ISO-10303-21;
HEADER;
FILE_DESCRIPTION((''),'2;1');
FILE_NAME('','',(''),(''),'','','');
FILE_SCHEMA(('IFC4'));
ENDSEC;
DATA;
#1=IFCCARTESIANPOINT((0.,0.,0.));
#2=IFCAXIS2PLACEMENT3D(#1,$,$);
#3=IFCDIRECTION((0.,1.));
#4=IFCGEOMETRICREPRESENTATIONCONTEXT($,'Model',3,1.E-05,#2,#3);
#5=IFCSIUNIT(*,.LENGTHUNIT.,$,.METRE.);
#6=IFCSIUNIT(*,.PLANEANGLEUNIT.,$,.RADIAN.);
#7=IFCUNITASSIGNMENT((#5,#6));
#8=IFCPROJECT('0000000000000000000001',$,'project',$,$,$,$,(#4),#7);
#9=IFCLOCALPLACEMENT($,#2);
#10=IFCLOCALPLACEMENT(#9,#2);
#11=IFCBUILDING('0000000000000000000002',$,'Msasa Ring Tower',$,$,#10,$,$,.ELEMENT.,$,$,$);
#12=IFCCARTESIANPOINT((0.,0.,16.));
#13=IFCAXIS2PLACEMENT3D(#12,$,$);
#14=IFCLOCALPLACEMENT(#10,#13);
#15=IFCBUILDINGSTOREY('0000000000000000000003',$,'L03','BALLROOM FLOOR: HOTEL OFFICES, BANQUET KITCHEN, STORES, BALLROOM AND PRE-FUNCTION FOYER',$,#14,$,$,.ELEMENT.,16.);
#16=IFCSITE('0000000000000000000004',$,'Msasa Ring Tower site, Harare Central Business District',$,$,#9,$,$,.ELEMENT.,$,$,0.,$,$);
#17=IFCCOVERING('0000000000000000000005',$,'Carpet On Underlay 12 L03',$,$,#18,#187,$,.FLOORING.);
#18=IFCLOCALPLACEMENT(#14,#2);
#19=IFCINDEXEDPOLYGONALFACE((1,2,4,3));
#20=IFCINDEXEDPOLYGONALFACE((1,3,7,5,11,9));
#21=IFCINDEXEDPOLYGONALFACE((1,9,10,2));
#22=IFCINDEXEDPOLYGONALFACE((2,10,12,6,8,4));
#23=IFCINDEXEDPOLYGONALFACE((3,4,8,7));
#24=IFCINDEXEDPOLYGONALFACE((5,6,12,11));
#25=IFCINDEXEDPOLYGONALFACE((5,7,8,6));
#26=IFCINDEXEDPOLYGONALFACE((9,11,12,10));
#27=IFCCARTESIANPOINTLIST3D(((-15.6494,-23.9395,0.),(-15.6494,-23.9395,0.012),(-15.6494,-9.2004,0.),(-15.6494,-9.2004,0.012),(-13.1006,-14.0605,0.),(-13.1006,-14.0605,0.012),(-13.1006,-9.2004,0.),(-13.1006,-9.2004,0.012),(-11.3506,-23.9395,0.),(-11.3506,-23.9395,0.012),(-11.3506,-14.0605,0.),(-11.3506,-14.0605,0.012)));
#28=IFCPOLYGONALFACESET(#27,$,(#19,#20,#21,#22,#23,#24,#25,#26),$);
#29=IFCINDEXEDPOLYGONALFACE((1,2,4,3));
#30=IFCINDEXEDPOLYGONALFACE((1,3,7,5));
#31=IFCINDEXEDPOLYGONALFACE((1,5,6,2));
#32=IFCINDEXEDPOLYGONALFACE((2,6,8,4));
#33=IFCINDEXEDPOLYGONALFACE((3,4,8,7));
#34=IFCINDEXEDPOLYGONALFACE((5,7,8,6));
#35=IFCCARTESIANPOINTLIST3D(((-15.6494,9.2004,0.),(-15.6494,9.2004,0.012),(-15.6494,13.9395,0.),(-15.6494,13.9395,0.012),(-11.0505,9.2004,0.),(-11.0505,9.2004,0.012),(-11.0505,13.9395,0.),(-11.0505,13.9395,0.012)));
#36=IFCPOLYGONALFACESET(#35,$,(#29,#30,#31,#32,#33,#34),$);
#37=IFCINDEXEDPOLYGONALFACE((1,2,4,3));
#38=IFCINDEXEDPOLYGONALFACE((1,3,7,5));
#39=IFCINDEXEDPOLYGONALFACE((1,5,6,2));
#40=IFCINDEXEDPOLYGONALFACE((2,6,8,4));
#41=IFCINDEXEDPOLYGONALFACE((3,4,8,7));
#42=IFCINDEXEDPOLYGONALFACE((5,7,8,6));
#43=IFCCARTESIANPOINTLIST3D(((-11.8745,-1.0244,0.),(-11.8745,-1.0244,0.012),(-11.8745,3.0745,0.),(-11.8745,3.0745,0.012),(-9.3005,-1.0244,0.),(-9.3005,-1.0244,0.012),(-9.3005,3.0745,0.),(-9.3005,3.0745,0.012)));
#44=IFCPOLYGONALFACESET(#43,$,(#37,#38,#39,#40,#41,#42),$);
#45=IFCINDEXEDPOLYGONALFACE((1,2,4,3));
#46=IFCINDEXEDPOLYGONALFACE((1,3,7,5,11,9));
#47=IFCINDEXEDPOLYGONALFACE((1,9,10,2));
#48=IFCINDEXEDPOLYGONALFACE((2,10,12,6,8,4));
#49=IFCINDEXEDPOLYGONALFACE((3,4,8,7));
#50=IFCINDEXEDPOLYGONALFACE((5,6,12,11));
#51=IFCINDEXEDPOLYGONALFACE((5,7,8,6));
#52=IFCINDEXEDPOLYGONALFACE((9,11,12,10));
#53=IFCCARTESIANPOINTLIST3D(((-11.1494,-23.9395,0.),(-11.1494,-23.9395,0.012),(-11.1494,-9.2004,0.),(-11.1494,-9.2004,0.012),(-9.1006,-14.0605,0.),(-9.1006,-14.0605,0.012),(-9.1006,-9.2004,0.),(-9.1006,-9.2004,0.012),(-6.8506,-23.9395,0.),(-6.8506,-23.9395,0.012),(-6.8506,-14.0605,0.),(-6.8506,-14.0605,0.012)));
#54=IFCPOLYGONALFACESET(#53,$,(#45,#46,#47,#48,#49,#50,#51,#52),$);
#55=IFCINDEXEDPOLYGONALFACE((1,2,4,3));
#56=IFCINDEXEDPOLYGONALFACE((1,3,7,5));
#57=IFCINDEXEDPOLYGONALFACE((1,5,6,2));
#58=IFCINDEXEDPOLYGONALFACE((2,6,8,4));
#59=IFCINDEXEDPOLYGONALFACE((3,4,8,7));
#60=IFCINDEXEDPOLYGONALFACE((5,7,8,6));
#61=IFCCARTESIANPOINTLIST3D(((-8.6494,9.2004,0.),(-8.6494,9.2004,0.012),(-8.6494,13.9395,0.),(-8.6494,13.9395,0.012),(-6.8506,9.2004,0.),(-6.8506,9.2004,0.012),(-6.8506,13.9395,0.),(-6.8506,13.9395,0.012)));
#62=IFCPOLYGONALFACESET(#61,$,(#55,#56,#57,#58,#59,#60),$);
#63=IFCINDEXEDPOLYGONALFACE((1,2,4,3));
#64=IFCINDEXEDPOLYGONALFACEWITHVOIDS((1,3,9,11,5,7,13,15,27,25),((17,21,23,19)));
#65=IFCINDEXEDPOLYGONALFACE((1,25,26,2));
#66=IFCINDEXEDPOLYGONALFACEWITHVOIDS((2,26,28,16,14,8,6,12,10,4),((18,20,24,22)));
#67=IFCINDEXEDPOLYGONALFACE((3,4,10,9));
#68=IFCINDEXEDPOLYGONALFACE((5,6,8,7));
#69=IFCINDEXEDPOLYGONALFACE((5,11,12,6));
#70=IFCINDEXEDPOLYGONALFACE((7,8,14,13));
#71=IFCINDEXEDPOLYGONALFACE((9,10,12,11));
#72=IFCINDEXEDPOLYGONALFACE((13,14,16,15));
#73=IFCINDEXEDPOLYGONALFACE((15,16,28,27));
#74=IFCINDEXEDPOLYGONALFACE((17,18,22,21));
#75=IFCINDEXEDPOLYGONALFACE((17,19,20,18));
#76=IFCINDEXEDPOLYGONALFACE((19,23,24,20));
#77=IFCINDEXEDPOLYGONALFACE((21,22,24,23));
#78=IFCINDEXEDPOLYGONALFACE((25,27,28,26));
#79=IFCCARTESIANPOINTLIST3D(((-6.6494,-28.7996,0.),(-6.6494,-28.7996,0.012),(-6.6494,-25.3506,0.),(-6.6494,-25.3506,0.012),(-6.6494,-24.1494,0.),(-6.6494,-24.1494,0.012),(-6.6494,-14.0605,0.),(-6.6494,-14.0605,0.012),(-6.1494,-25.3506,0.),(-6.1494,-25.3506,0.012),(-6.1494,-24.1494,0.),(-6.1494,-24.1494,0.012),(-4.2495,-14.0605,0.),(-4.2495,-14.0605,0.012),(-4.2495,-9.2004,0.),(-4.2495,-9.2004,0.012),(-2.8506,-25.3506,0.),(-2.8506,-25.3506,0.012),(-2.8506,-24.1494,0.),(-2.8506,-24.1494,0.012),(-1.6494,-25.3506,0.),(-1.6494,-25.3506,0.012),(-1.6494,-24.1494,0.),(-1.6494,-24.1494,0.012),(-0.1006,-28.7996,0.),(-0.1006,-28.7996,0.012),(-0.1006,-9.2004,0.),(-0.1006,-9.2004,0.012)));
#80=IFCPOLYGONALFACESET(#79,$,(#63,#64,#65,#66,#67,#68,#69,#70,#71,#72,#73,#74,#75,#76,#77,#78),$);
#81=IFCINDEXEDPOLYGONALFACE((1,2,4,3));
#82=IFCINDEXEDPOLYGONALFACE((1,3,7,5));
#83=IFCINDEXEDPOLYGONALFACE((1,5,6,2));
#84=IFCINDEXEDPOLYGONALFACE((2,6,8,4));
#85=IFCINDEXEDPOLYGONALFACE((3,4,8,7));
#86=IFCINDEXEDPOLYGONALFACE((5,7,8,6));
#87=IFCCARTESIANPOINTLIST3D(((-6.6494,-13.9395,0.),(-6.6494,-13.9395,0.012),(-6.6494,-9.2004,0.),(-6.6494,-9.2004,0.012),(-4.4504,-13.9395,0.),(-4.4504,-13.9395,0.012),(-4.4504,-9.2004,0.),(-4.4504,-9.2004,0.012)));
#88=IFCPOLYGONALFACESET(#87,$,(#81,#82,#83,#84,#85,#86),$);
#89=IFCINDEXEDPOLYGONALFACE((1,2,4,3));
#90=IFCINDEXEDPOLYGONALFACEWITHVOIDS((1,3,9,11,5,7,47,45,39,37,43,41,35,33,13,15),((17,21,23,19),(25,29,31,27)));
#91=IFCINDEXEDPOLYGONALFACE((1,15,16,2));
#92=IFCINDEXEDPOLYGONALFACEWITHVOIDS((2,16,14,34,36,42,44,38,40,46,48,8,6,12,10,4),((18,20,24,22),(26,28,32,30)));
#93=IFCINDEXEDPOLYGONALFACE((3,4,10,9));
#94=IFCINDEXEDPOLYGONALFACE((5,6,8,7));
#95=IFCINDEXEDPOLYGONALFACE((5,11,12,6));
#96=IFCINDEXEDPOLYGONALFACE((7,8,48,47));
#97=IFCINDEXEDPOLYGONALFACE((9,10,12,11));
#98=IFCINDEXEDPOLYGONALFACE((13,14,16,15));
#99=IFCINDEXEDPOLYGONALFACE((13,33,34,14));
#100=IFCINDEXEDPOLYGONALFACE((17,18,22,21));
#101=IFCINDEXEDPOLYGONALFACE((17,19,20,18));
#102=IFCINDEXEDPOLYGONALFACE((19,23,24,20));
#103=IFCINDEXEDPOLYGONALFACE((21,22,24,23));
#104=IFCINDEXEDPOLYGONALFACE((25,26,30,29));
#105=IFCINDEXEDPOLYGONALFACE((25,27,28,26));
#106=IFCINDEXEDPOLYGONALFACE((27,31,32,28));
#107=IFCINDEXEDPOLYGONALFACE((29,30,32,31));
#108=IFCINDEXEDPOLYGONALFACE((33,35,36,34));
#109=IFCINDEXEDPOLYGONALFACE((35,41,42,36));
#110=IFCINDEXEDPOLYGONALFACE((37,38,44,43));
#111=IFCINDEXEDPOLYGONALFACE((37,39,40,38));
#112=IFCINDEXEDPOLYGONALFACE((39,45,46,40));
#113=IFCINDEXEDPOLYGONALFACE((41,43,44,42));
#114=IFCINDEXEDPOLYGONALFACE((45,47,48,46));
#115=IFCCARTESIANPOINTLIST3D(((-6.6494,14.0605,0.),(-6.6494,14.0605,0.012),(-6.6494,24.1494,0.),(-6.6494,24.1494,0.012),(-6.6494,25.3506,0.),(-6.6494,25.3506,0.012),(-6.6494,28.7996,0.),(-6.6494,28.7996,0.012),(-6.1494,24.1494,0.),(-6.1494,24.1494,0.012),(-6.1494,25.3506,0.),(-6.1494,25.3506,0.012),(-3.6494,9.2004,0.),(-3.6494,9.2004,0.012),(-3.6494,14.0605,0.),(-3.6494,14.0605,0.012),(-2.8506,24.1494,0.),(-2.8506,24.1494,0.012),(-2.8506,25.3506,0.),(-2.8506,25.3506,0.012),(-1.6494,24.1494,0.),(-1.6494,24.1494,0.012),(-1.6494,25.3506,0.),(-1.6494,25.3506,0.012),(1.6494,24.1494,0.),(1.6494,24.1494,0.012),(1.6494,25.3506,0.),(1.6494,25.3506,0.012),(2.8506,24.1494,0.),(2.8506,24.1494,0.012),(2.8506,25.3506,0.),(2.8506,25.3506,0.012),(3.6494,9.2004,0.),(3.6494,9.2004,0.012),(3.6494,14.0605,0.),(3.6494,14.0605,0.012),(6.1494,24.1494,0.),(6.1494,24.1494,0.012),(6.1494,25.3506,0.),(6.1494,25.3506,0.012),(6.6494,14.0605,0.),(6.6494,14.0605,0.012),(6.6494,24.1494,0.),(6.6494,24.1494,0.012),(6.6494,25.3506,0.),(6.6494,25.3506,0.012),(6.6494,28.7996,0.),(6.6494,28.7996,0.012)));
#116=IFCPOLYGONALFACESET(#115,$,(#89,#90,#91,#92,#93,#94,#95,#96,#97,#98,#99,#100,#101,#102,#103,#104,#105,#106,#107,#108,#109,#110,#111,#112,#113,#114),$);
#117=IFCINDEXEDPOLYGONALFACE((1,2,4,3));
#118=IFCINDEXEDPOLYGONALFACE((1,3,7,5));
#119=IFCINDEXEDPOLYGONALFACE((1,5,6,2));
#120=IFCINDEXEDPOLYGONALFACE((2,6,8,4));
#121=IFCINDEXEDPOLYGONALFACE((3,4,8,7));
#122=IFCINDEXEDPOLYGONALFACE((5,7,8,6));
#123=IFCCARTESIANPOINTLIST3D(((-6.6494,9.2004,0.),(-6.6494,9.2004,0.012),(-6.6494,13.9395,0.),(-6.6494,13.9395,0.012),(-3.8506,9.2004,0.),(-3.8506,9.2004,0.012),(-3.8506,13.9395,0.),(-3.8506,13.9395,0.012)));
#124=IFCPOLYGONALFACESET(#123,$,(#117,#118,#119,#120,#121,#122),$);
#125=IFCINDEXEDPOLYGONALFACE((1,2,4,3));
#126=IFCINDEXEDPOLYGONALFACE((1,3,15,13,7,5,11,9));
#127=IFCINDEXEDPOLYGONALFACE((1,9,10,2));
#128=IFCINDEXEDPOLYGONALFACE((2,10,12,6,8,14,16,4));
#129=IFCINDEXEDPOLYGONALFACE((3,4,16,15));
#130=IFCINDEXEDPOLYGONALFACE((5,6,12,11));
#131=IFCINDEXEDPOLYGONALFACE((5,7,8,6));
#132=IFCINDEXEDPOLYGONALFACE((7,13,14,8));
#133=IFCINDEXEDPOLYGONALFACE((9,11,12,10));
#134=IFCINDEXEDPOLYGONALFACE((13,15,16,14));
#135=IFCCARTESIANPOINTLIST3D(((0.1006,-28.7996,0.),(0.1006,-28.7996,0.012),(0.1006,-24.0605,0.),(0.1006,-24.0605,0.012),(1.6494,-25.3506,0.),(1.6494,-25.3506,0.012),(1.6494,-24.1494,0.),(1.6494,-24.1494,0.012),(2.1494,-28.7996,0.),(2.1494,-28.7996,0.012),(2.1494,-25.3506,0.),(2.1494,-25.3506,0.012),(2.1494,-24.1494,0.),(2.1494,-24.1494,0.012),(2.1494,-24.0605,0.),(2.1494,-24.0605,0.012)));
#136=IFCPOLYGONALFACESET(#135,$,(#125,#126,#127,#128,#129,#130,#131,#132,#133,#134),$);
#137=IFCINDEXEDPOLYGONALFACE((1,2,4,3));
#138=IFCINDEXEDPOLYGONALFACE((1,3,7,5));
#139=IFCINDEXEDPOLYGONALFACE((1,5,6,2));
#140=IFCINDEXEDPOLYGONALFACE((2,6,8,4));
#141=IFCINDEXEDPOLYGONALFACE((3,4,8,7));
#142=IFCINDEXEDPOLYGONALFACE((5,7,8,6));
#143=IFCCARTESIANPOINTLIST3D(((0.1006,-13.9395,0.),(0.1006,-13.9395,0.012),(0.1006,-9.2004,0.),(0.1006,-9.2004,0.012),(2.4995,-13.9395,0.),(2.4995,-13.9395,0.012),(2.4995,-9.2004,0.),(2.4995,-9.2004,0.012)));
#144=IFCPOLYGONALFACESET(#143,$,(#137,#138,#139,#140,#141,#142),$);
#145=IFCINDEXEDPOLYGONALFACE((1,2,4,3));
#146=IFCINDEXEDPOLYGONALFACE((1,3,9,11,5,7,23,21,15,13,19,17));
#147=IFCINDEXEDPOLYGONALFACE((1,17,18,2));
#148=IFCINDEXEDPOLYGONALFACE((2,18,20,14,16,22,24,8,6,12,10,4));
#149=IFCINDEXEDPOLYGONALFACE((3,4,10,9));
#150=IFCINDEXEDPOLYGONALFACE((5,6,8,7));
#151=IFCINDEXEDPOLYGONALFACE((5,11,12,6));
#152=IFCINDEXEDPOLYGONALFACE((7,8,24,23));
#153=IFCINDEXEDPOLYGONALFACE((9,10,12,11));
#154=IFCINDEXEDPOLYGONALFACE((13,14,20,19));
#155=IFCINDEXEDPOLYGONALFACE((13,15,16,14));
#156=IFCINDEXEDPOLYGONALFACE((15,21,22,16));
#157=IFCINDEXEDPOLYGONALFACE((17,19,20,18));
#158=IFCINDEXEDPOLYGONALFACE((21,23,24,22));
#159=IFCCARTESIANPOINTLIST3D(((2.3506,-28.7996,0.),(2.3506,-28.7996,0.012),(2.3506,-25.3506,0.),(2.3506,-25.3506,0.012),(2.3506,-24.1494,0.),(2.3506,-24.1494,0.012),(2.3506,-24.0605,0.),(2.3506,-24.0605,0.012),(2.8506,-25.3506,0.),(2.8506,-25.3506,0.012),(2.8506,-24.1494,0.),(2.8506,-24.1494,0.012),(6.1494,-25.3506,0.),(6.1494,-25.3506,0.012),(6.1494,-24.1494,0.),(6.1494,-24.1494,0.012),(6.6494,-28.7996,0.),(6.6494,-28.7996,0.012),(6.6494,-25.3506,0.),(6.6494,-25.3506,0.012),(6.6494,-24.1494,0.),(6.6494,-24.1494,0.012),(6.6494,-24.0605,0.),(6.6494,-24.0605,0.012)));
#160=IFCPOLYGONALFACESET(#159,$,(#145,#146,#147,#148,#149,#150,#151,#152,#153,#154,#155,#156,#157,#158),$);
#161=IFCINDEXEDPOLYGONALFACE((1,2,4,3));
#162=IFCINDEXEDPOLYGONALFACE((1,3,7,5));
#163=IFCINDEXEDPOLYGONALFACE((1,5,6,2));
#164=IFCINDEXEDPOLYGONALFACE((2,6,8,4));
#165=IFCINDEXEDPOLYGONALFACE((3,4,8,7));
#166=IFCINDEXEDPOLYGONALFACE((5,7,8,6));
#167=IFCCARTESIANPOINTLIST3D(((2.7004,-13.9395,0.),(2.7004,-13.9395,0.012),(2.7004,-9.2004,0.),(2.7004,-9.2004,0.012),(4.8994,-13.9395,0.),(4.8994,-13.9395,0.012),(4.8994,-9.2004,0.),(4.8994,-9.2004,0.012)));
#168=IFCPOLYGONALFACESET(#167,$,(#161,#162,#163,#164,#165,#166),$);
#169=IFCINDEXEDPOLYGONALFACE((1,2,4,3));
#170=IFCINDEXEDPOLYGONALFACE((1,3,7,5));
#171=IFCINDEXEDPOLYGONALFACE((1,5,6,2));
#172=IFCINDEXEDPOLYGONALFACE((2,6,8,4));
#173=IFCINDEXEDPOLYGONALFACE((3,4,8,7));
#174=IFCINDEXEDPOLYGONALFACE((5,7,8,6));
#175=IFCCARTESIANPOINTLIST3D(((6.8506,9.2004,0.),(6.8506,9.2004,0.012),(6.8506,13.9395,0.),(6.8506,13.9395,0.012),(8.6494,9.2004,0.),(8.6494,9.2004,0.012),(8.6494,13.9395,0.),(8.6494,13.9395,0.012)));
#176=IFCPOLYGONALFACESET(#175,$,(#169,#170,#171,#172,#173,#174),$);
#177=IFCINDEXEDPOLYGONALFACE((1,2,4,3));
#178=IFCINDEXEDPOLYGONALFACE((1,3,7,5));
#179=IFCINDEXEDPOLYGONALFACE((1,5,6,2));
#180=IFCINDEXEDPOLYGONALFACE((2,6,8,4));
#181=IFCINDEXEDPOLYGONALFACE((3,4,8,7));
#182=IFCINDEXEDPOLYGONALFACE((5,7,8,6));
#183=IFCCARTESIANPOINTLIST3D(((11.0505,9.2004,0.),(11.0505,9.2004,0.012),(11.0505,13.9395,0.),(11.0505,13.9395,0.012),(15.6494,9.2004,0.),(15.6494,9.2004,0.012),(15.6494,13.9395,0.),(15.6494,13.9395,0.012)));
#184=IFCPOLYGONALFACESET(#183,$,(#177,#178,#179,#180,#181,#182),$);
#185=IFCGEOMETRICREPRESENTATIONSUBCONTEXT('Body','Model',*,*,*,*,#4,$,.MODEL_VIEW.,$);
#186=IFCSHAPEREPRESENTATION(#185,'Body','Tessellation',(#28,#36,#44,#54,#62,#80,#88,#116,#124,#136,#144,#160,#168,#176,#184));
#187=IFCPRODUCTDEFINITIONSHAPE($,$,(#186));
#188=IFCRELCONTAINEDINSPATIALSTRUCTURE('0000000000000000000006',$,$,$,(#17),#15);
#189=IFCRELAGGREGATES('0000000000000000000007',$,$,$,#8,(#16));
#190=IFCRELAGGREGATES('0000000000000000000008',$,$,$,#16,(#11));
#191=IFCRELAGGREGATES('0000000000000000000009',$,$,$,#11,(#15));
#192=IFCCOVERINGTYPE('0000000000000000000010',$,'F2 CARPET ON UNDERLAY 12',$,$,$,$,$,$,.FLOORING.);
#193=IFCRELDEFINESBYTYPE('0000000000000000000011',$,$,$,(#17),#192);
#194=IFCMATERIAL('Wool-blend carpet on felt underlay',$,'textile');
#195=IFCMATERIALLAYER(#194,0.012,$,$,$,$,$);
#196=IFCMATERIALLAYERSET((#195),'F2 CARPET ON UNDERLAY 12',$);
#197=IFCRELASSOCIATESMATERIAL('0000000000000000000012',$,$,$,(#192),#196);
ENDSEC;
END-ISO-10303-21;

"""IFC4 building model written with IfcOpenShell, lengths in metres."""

from ifc_helpers import new_model, si_unit, direction, frame, origin, place, context, subcontext, project, spatial, line, indexed_curve, outline, extrude, material, layer, layer_set, type_object, element, save


model = new_model("IFC4")

# Units and contexts
model_context = context("Model", 3, precision=1e-05, world=origin(), true_north=direction((0.0, 1.0)))
body_context = subcontext(model_context, "Body", "Model", "MODEL_VIEW")
ifc_project = project(units=[si_unit("LENGTHUNIT", "METRE"), si_unit("PLANEANGLEUNIT", "RADIAN")], contexts=[model_context])

# Site, building, storey
site_placement = place(None, origin())
site = spatial("IfcSite", under=ifc_project, at=site_placement, Name="Msasa Ring Tower site, Harare Central Business District", CompositionType="ELEMENT", RefElevation=0.0)
building_placement = place(site_placement, origin())
building = spatial("IfcBuilding", under=site, at=building_placement, Name="Msasa Ring Tower", CompositionType="ELEMENT")
storey_placement = place(building_placement, frame((0.0, 0.0, 16.0)))
storey = spatial("IfcBuildingStorey", under=building, at=storey_placement, Name="L03", Description="BALLROOM FLOOR: HOTEL OFFICES, BANQUET KITCHEN, STORES, BALLROOM AND PRE-FUNCTION FOYER", CompositionType="ELEMENT", Elevation=16.0)

# Covering
ifc_material_1 = material(Name="Wool-blend carpet on felt underlay", Category="textile")
ifc_layer_1 = layer(ifc_material_1, 0.012)
ifc_layer_set_1 = layer_set([ifc_layer_1], Name="F2 CARPET ON UNDERLAY 12")
covering_type_1 = type_object("IfcCoveringType", Name="F2 CARPET ON UNDERLAY 12", PredefinedType="FLOORING", material=ifc_layer_set_1)
covering_1_placement = place(storey_placement, origin())
element("IfcCovering", 1, at=covering_1_placement, inside=storey, type_object=covering_type_1, Name="Carpet On Underlay 12 L03", PredefinedType="FLOORING", context=body_context, shape_type="SweptSolid", body=[
    extrude(outline(indexed_curve([(-13.1006, -14.0605), (-11.3506, -14.0605), (-11.3506, -23.9395), (-15.6494, -23.9395), (-15.6494, -9.2004), (-13.1006, -9.2004)], segments=[line(1, 2, 3, 4, 5, 6, 1)], self_intersect=False)), origin(), (0.0, 0.0, 1.0), 0.012),
    extrude(outline(indexed_curve([(-11.0505, 13.9395), (-11.0505, 9.2004), (-15.6494, 9.2004), (-15.6494, 13.9395)], segments=[line(1, 2, 3, 4, 1)], self_intersect=False)), origin(), (0.0, 0.0, 1.0), 0.012),
    extrude(outline(indexed_curve([(-9.3005, 3.0745), (-9.3005, -1.0244), (-11.8745, -1.0244), (-11.8745, 3.0745)], segments=[line(1, 2, 3, 4, 1)], self_intersect=False)), origin(), (0.0, 0.0, 1.0), 0.012),
    extrude(outline(indexed_curve([(-9.1006, -14.0605), (-6.8506, -14.0605), (-6.8506, -23.9395), (-11.1494, -23.9395), (-11.1494, -9.2004), (-9.1006, -9.2004)], segments=[line(1, 2, 3, 4, 5, 6, 1)], self_intersect=False)), origin(), (0.0, 0.0, 1.0), 0.012),
    extrude(outline(indexed_curve([(-6.8506, 13.9395), (-6.8506, 9.2004), (-8.6494, 9.2004), (-8.6494, 13.9395)], segments=[line(1, 2, 3, 4, 1)], self_intersect=False)), origin(), (0.0, 0.0, 1.0), 0.012),
    extrude(outline(indexed_curve([(-4.2495, -14.0605), (-4.2495, -9.2004), (-0.1006, -9.2004), (-0.1006, -28.7996), (-6.6494, -28.7996), (-6.6494, -25.3506), (-6.1494, -25.3506), (-6.1494, -24.1494), (-6.6494, -24.1494), (-6.6494, -14.0605)], segments=[line(1, 2, 3, 4, 5, 6, 7, 8, 9, 10, 1)], self_intersect=False), holes=[indexed_curve([(-1.6494, -24.1494), (-2.8506, -24.1494), (-2.8506, -25.3506), (-1.6494, -25.3506)], segments=[line(1, 2, 3, 4, 1)], self_intersect=False)]), origin(), (0.0, 0.0, 1.0), 0.012),
    extrude(outline(indexed_curve([(-4.4504, -9.2004), (-4.4504, -13.9395), (-6.6494, -13.9395), (-6.6494, -9.2004)], segments=[line(1, 2, 3, 4, 1)], self_intersect=False)), origin(), (0.0, 0.0, 1.0), 0.012),
    extrude(outline(indexed_curve([(6.6494, 28.7996), (6.6494, 25.3506), (6.1494, 25.3506), (6.1494, 24.1494), (6.6494, 24.1494), (6.6494, 14.0605), (3.6494, 14.0605), (3.6494, 9.2004), (-3.6494, 9.2004), (-3.6494, 14.0605), (-6.6494, 14.0605), (-6.6494, 24.1494), (-6.1494, 24.1494), (-6.1494, 25.3506), (-6.6494, 25.3506), (-6.6494, 28.7996)], segments=[line(1, 2, 3, 4, 5, 6, 7, 8, 9, 10, 11, 12, 13, 14, 15, 16, 1)], self_intersect=False), holes=[indexed_curve([(-1.6494, 25.3506), (-2.8506, 25.3506), (-2.8506, 24.1494), (-1.6494, 24.1494)], segments=[line(1, 2, 3, 4, 1)], self_intersect=False), indexed_curve([(2.8506, 24.1494), (2.8506, 25.3506), (1.6494, 25.3506), (1.6494, 24.1494)], segments=[line(1, 2, 3, 4, 1)], self_intersect=False)]), origin(), (0.0, 0.0, 1.0), 0.012),
    extrude(outline(indexed_curve([(-3.8506, 13.9395), (-3.8506, 9.2004), (-6.6494, 9.2004), (-6.6494, 13.9395)], segments=[line(1, 2, 3, 4, 1)], self_intersect=False)), origin(), (0.0, 0.0, 1.0), 0.012),
    extrude(outline(indexed_curve([(2.1494, -24.1494), (1.6494, -24.1494), (1.6494, -25.3506), (2.1494, -25.3506), (2.1494, -28.7996), (0.1006, -28.7996), (0.1006, -24.0605), (2.1494, -24.0605)], segments=[line(1, 2, 3, 4, 5, 6, 7, 8, 1)], self_intersect=False)), origin(), (0.0, 0.0, 1.0), 0.012),
    extrude(outline(indexed_curve([(2.4995, -9.2004), (2.4995, -13.9395), (0.1006, -13.9395), (0.1006, -9.2004)], segments=[line(1, 2, 3, 4, 1)], self_intersect=False)), origin(), (0.0, 0.0, 1.0), 0.012),
    extrude(outline(indexed_curve([(6.6494, -24.1494), (6.1494, -24.1494), (6.1494, -25.3506), (6.6494, -25.3506), (6.6494, -28.7996), (2.3506, -28.7996), (2.3506, -25.3506), (2.8506, -25.3506), (2.8506, -24.1494), (2.3506, -24.1494), (2.3506, -24.0605), (6.6494, -24.0605)], segments=[line(1, 2, 3, 4, 5, 6, 7, 8, 9, 10, 11, 12, 1)], self_intersect=False)), origin(), (0.0, 0.0, 1.0), 0.012),
    extrude(outline(indexed_curve([(4.8994, -9.2004), (4.8994, -13.9395), (2.7004, -13.9395), (2.7004, -9.2004)], segments=[line(1, 2, 3, 4, 1)], self_intersect=False)), origin(), (0.0, 0.0, 1.0), 0.012),
    extrude(outline(indexed_curve([(8.6494, 13.9395), (8.6494, 9.2004), (6.8506, 9.2004), (6.8506, 13.9395)], segments=[line(1, 2, 3, 4, 1)], self_intersect=False)), origin(), (0.0, 0.0, 1.0), 0.012),
    extrude(outline(indexed_curve([(15.6494, 13.9395), (15.6494, 9.2004), (11.0505, 9.2004), (11.0505, 13.9395)], segments=[line(1, 2, 3, 4, 1)], self_intersect=False)), origin(), (0.0, 0.0, 1.0), 0.012),
])

save(model, "model.ifc")
